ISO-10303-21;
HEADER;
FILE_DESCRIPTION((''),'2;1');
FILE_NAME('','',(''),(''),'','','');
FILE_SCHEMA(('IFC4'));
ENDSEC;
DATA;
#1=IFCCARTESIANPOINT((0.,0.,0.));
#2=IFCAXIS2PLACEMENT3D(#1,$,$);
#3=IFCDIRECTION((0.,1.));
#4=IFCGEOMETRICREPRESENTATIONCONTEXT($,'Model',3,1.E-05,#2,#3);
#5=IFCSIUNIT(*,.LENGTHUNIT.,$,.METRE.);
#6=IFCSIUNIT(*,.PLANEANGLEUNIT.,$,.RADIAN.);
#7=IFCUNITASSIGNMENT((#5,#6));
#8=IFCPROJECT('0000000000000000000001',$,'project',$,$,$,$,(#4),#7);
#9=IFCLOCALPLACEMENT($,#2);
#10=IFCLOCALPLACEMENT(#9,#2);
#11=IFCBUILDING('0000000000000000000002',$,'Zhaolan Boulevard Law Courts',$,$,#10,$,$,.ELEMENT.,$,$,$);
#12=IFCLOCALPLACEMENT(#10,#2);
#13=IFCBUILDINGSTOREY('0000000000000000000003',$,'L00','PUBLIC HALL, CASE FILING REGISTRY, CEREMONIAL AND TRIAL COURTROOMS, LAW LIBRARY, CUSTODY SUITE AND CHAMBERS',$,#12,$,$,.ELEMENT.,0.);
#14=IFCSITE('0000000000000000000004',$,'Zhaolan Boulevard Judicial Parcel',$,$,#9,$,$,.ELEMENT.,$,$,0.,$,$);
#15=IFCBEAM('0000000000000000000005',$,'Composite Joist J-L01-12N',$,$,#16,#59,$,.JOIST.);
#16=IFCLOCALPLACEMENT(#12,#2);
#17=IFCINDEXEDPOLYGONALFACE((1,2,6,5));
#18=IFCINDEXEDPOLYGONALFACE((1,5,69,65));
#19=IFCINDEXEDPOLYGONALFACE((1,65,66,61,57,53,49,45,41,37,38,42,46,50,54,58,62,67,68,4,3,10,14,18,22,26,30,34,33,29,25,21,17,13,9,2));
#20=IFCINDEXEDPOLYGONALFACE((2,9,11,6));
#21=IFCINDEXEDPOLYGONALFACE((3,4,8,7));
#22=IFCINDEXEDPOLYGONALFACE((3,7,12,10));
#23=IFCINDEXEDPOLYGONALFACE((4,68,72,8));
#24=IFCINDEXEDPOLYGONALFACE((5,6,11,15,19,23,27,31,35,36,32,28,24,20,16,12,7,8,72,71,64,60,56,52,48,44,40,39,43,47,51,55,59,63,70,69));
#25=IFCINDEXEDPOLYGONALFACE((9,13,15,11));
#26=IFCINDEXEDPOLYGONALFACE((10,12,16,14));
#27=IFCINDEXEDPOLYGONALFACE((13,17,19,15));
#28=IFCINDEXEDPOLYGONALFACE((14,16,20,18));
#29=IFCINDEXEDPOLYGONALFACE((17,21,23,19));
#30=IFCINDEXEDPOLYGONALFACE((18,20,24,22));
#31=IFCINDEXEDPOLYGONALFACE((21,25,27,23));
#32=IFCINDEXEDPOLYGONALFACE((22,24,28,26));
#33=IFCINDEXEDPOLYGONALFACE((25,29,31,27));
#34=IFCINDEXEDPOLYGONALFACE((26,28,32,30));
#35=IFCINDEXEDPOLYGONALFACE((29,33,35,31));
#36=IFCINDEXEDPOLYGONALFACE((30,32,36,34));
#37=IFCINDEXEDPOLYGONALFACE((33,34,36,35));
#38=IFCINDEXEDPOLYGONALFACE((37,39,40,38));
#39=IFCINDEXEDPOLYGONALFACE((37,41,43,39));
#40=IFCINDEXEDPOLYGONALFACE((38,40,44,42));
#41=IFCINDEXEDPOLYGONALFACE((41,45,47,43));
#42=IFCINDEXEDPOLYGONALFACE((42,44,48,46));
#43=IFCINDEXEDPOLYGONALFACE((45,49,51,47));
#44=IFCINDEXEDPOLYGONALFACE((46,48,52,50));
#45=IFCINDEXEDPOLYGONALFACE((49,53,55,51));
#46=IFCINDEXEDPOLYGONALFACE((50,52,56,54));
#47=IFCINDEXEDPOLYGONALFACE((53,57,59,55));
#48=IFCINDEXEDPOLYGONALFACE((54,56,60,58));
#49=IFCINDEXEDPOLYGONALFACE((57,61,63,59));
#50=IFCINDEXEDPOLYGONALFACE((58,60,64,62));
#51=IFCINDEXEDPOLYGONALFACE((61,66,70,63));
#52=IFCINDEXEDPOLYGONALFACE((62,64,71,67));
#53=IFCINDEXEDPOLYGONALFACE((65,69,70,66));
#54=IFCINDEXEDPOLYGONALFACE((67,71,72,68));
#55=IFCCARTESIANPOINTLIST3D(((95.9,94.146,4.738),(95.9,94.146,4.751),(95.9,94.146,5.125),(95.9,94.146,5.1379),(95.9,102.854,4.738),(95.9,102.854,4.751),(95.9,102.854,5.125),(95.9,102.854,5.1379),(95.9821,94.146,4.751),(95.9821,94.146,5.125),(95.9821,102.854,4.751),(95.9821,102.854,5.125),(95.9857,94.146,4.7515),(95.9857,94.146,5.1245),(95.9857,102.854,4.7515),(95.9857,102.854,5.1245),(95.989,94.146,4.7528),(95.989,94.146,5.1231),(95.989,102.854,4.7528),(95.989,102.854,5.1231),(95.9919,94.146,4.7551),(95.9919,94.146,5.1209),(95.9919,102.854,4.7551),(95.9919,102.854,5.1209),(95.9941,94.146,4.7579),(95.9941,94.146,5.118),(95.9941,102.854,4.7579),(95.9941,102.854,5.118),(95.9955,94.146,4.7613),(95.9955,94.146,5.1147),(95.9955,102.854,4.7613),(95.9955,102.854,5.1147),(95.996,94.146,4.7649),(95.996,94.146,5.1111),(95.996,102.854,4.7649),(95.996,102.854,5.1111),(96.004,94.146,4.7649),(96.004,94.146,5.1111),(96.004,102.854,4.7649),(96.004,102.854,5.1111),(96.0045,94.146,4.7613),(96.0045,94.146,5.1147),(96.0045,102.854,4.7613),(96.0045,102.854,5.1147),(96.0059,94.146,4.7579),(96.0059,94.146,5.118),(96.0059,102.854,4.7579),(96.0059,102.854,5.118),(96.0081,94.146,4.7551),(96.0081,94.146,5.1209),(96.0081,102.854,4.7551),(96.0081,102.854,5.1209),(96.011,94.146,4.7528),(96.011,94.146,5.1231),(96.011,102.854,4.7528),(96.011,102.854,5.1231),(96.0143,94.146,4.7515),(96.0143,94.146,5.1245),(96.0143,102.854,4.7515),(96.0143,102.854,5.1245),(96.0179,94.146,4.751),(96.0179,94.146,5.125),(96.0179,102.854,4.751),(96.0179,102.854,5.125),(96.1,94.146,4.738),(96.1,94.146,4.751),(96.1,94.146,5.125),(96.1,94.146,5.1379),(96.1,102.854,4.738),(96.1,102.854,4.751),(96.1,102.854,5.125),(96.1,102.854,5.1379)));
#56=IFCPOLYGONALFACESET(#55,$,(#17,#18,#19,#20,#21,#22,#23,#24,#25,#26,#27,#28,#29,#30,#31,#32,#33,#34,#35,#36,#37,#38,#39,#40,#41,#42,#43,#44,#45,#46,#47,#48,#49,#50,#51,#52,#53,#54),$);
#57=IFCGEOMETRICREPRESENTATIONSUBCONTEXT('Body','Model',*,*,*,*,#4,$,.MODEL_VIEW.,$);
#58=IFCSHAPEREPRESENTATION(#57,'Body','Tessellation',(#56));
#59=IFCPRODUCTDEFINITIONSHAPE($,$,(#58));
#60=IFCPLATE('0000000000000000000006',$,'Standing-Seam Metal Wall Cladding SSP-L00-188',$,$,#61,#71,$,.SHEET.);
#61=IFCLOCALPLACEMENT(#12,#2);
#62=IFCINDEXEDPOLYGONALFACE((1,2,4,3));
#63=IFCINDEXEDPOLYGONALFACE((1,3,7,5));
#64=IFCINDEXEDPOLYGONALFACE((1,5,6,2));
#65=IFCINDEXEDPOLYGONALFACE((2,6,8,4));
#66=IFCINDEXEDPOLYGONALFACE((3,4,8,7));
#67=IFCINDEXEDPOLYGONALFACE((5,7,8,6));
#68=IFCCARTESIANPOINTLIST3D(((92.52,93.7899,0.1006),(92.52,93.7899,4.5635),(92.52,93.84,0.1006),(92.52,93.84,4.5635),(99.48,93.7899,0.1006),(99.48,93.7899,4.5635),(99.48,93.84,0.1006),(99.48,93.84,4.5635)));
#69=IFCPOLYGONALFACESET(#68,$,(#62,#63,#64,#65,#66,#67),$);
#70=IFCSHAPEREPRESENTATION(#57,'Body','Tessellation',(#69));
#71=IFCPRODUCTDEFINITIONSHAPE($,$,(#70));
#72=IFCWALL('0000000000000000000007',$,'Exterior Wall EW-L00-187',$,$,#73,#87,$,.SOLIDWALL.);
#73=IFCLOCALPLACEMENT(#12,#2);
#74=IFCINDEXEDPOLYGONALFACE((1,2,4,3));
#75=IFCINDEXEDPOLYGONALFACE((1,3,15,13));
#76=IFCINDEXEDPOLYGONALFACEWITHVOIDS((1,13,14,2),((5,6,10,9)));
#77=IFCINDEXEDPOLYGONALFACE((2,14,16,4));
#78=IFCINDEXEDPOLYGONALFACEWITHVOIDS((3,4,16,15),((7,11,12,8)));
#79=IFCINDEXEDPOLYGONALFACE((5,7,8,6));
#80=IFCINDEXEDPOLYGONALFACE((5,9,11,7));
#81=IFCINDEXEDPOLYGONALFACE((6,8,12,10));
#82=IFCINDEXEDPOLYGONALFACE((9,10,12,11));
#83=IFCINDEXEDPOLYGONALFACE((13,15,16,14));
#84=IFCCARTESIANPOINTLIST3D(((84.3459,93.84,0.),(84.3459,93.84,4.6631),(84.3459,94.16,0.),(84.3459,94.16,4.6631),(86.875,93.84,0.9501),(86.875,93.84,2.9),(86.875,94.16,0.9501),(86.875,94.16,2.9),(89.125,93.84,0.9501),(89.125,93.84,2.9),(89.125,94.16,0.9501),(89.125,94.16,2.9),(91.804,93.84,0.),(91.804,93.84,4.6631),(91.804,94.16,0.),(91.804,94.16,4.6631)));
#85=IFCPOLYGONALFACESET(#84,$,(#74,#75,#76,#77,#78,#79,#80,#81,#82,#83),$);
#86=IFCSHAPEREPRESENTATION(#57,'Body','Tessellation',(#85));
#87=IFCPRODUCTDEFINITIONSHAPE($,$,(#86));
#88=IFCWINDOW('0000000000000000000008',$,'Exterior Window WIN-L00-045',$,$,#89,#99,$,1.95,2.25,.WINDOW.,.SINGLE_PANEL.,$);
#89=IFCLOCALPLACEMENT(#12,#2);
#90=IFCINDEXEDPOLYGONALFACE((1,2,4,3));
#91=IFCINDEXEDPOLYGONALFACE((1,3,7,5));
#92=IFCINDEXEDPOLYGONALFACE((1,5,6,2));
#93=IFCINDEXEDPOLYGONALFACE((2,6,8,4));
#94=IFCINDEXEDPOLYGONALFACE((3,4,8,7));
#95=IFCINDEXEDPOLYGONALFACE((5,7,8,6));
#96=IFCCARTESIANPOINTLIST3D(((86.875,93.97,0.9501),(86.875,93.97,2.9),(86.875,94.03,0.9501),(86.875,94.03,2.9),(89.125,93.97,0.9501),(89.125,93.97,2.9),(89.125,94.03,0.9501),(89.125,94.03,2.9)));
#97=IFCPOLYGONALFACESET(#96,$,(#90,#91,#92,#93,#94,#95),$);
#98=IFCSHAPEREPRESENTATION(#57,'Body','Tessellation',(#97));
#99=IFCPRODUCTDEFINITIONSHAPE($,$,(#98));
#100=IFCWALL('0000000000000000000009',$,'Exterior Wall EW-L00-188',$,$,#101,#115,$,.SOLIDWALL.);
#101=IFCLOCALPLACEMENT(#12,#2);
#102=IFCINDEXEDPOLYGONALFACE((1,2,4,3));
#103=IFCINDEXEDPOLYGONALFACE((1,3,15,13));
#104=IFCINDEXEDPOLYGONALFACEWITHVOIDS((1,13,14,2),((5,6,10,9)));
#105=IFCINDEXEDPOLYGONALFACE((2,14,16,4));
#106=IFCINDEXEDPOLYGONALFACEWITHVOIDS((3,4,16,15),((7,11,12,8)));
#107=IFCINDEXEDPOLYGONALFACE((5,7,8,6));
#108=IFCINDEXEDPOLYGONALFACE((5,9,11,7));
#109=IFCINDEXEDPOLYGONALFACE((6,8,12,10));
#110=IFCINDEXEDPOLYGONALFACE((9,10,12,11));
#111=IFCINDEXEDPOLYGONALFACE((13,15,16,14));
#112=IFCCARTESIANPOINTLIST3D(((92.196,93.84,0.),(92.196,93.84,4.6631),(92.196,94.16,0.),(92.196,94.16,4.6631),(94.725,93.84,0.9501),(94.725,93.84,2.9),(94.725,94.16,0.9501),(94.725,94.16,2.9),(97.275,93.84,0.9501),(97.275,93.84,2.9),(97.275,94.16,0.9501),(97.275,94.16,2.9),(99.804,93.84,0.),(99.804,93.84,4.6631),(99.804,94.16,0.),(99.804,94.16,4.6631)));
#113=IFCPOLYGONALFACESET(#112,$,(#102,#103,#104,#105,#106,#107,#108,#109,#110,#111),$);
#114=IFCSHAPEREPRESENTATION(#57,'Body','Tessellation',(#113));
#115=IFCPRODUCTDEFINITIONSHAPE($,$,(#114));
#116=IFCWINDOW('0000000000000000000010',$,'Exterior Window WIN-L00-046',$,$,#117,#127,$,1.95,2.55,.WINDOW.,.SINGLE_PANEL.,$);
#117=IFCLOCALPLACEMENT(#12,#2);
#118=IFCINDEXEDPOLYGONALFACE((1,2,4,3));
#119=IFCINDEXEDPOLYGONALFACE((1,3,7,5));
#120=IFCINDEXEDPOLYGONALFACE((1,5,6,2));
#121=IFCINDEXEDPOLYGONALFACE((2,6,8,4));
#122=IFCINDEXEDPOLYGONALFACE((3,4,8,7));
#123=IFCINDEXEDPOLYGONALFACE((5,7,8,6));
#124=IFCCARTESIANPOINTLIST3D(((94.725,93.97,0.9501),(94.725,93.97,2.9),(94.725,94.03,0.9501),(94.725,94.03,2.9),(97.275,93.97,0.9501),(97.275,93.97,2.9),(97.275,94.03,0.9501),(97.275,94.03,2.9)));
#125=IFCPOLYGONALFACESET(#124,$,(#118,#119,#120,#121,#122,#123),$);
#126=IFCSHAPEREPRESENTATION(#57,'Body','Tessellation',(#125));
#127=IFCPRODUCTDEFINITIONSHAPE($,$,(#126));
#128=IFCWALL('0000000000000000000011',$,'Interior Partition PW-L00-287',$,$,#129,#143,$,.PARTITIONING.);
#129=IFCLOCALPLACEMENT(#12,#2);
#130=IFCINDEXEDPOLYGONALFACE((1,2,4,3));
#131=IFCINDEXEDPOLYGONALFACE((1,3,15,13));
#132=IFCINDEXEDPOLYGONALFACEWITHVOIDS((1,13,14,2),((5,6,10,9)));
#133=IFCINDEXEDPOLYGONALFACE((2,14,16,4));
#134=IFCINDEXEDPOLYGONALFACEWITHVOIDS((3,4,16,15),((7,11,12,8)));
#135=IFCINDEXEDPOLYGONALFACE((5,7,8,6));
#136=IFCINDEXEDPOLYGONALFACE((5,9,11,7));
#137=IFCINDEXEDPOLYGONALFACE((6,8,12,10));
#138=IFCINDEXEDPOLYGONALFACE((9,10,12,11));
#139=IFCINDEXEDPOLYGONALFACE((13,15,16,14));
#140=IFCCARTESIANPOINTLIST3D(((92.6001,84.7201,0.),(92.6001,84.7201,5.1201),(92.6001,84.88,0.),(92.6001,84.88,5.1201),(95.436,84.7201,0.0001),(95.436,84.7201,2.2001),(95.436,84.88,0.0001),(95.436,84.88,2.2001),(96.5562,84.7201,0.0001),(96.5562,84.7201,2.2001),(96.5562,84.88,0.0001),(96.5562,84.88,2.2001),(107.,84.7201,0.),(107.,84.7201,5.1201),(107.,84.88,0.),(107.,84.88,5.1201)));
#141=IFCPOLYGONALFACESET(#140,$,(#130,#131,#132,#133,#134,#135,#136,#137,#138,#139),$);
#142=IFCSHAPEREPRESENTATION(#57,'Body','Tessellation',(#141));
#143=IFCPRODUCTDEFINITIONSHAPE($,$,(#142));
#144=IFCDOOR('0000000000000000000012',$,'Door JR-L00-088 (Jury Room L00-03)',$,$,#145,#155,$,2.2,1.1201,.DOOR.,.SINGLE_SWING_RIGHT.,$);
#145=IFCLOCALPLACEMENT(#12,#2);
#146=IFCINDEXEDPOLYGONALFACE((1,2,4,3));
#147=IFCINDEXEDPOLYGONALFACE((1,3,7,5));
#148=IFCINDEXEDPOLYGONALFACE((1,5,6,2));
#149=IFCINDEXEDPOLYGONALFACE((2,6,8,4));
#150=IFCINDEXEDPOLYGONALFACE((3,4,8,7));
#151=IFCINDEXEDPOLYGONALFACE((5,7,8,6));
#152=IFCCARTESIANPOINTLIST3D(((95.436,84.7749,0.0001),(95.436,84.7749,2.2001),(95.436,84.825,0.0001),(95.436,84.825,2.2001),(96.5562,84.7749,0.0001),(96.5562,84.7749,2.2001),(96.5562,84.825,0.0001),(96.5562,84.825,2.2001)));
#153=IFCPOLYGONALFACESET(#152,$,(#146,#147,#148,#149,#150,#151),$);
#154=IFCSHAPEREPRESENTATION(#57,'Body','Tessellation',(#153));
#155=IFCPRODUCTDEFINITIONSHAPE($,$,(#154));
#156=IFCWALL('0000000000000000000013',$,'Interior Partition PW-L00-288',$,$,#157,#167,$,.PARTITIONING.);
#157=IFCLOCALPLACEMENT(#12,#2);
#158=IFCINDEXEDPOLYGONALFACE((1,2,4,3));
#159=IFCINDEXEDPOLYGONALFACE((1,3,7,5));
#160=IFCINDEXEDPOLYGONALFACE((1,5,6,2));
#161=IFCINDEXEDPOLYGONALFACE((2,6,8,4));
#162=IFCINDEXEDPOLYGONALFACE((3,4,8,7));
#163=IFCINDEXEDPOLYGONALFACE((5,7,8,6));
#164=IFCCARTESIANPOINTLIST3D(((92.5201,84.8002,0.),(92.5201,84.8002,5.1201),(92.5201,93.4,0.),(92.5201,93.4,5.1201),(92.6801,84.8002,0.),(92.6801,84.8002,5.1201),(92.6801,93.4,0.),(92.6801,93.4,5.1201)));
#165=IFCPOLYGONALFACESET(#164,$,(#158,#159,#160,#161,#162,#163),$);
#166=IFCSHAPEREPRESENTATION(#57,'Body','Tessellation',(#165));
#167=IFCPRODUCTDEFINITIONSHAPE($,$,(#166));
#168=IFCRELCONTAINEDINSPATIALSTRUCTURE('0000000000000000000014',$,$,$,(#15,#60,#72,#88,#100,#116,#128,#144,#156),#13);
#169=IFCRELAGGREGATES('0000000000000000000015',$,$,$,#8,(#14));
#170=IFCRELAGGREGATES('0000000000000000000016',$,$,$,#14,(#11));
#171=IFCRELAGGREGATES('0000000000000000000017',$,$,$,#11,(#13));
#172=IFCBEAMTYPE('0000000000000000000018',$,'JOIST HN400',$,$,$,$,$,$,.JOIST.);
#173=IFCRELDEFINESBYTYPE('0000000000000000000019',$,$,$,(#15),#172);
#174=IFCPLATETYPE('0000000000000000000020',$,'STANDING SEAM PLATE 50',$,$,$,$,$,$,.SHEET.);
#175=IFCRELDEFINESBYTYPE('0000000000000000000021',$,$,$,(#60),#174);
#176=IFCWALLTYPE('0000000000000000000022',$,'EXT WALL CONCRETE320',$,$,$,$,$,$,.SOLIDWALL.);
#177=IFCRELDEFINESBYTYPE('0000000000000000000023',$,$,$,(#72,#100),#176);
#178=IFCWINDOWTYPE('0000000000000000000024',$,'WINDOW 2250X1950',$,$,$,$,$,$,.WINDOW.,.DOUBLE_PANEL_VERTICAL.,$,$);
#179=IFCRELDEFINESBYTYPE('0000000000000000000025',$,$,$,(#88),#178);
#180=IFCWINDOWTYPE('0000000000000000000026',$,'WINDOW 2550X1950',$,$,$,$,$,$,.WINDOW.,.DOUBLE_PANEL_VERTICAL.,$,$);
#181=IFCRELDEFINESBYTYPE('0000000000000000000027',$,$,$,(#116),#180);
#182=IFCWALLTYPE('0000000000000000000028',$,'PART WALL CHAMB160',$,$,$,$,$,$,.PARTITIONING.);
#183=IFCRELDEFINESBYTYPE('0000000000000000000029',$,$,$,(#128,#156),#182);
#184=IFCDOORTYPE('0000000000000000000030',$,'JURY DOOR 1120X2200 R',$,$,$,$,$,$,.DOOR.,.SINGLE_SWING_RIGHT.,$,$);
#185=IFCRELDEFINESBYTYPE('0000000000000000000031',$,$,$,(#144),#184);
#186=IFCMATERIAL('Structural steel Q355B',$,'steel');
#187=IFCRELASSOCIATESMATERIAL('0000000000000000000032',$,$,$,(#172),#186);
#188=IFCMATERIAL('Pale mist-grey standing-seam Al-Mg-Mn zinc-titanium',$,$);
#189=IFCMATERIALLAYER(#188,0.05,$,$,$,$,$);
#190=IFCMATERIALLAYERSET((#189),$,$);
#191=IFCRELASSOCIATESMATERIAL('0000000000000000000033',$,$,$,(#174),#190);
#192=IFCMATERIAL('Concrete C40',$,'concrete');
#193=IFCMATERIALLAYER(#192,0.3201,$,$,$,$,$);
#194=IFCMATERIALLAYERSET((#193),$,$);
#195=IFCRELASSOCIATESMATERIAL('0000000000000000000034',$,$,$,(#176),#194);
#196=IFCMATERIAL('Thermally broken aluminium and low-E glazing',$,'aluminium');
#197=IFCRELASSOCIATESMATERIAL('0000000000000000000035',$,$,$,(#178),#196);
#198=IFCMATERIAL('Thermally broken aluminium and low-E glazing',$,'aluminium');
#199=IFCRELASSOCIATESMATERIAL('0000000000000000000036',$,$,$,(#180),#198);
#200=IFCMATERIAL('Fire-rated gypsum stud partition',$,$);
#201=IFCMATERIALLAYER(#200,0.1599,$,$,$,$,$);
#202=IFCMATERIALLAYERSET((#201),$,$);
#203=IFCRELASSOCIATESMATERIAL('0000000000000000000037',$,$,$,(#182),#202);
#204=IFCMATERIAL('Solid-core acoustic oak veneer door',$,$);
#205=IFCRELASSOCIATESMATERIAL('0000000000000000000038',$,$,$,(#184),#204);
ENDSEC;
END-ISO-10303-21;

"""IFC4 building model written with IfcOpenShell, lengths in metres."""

from ifc_helpers import new_model, si_unit, direction, frame, frame_2d, origin, origin_2d, place, context, subcontext, project, spatial, rectangle, i_section, extrude, material, layer, layer_set, material_profile, profile_set, type_object, element, fill, save


model = new_model("IFC4")

# Units and contexts
model_context = context("Model", 3, precision=1e-05, world=origin(), true_north=direction((0.0, 1.0)))
body_context = subcontext(model_context, "Body", "Model", "MODEL_VIEW")
ifc_project = project(units=[si_unit("LENGTHUNIT", "METRE"), si_unit("PLANEANGLEUNIT", "RADIAN")], contexts=[model_context])

# Site, building, storey
site_placement = place(None, origin())
site = spatial("IfcSite", under=ifc_project, at=site_placement, Name="Zhaolan Boulevard Judicial Parcel", CompositionType="ELEMENT", RefElevation=0.0)
building_placement = place(site_placement, origin())
building = spatial("IfcBuilding", under=site, at=building_placement, Name="Zhaolan Boulevard Law Courts", CompositionType="ELEMENT")
storey_placement = place(building_placement, origin())
storey = spatial("IfcBuildingStorey", under=building, at=storey_placement, Name="L00", Description="PUBLIC HALL, CASE FILING REGISTRY, CEREMONIAL AND TRIAL COURTROOMS, LAW LIBRARY, CUSTODY SUITE AND CHAMBERS", CompositionType="ELEMENT", Elevation=0.0)

# Beam
ifc_material_1 = material(Name="Structural steel Q355B", Category="steel")
ifc_material_profile_1 = material_profile(ifc_material_1, i_section(OverallWidth=0.2, OverallDepth=0.3999, WebThickness=0.0081, FlangeThickness=0.0129, FilletRadius=0.0139, at=origin_2d()), Name="HN400x200")
ifc_profile_set_1 = profile_set([ifc_material_profile_1], Name="Structural steel Q355B")
beam_type_1 = type_object("IfcBeamType", Name="JOIST HN400", PredefinedType="JOIST", material=ifc_profile_set_1)
beam_1_placement = place(storey_placement, frame((96.0, 94.146, 4.938), z_axis=(0.0, 1.0, 0.0), x_axis=(-1.0, 0.0, 0.0)))
element("IfcBeam", 1, at=beam_1_placement, inside=storey, type_object=beam_type_1, Name="Composite Joist J-L01-12N", PredefinedType="JOIST", context=body_context, shape_type="SweptSolid", body=[
    extrude(i_section(OverallWidth=0.2, OverallDepth=0.3999, WebThickness=0.0081, FlangeThickness=0.0129, FilletRadius=0.0139, at=origin_2d()), origin(), (0.0, 0.0, 1.0), 8.708),
])

# Plate
ifc_material_2 = material(Name="Pale mist-grey standing-seam Al-Mg-Mn zinc-titanium")
ifc_layer_1 = layer(ifc_material_2, 0.05)
ifc_layer_set_1 = layer_set([ifc_layer_1])
plate_type = type_object("IfcPlateType", Name="STANDING SEAM PLATE 50", PredefinedType="SHEET", material=ifc_layer_set_1)
plate_placement = place(storey_placement, frame((96.0, 93.8149, 0.1006), z_axis=(0.0, 0.0, 1.0), x_axis=(-1.0, 0.0, 0.0)))
element("IfcPlate", 2, at=plate_placement, inside=storey, type_object=plate_type, Name="Standing-Seam Metal Wall Cladding SSP-L00-188", PredefinedType="SHEET", context=body_context, shape_type="SweptSolid", body=[
    extrude(rectangle(XDim=6.96, YDim=0.05, at=origin_2d()), origin(), (0.0, 0.0, 1.0), 4.4629),
])

# Walls, openings, windows
ifc_material_3 = material(Name="Concrete C40", Category="concrete")
ifc_layer_2 = layer(ifc_material_3, 0.3201)
ifc_layer_set_2 = layer_set([ifc_layer_2])
wall_type_1 = type_object("IfcWallType", Name="EXT WALL CONCRETE320", PredefinedType="SOLIDWALL", material=ifc_layer_set_2)
wall_1_placement = place(storey_placement, frame((91.804, 94.0, 0.0), z_axis=(0.0, 0.0, 1.0), x_axis=(-1.0, 0.0, 0.0)))
wall_1 = element("IfcWall", 3, at=wall_1_placement, inside=storey, type_object=wall_type_1, Name="Exterior Wall EW-L00-187", PredefinedType="SOLIDWALL", context=body_context, shape_type="SweptSolid", body=[
    extrude(rectangle(XDim=7.458, YDim=0.3201, at=frame_2d((3.729, 0.0))), origin(), (0.0, 0.0, 1.0), 4.6631),
])
opening_1_placement = place(wall_1_placement, frame((2.679, 0.0, 0.95)))
opening_1 = element("IfcOpeningElement", 4, at=opening_1_placement, cuts=wall_1, PredefinedType="OPENING", context=body_context, shape_type="SweptSolid", body=[
    extrude(rectangle(XDim=2.25, YDim=1.95, at=frame_2d((1.125, 0.9751))), frame((0.0, 0.1699, 0.0), z_axis=(0.0, -1.0, 0.0), x_axis=(1.0, 0.0, 0.0)), (0.0, 0.0, 1.0), 0.3401),
])
ifc_material_4 = material(Name="Thermally broken aluminium and low-E glazing", Category="aluminium")
window_type_1 = type_object("IfcWindowType", Name="WINDOW 2250X1950", PartitioningType="DOUBLE_PANEL_VERTICAL", PredefinedType="WINDOW", material=ifc_material_4)
window_1_placement = place(opening_1_placement, origin())
window_1 = element("IfcWindow", 5, at=window_1_placement, inside=storey, type_object=window_type_1, Name="Exterior Window WIN-L00-045", OverallHeight=1.95, OverallWidth=2.25, PartitioningType="SINGLE_PANEL", PredefinedType="WINDOW", context=body_context, shape_type="SweptSolid", body=[
    extrude(rectangle(XDim=2.25, YDim=1.95, at=frame_2d((1.125, 0.9751))), frame((0.0, 0.03, 0.0), z_axis=(0.0, -1.0, 0.0), x_axis=(1.0, 0.0, 0.0)), (0.0, 0.0, 1.0), 0.0601),
])
fill(opening_1, window_1)
wall_2_placement = place(storey_placement, frame((99.804, 94.0, 0.0), z_axis=(0.0, 0.0, 1.0), x_axis=(-1.0, 0.0, 0.0)))
wall_2 = element("IfcWall", 6, at=wall_2_placement, inside=storey, type_object=wall_type_1, Name="Exterior Wall EW-L00-188", PredefinedType="SOLIDWALL", context=body_context, shape_type="SweptSolid", body=[
    extrude(rectangle(XDim=7.6079, YDim=0.3201, at=frame_2d((3.804, 0.0))), origin(), (0.0, 0.0, 1.0), 4.6631),
])
opening_2_placement = place(wall_2_placement, frame((2.5291, 0.0, 0.95)))
opening_2 = element("IfcOpeningElement", 7, at=opening_2_placement, cuts=wall_2, PredefinedType="OPENING", context=body_context, shape_type="SweptSolid", body=[
    extrude(rectangle(XDim=2.55, YDim=1.95, at=frame_2d((1.2749, 0.9751))), frame((0.0, 0.1699, 0.0), z_axis=(0.0, -1.0, 0.0), x_axis=(1.0, 0.0, 0.0)), (0.0, 0.0, 1.0), 0.3401),
])
ifc_material_5 = material(Name="Thermally broken aluminium and low-E glazing", Category="aluminium")
window_type_2 = type_object("IfcWindowType", Name="WINDOW 2550X1950", PartitioningType="DOUBLE_PANEL_VERTICAL", PredefinedType="WINDOW", material=ifc_material_5)
window_2_placement = place(opening_2_placement, origin())
window_2 = element("IfcWindow", 8, at=window_2_placement, inside=storey, type_object=window_type_2, Name="Exterior Window WIN-L00-046", OverallHeight=1.95, OverallWidth=2.55, PartitioningType="SINGLE_PANEL", PredefinedType="WINDOW", context=body_context, shape_type="SweptSolid", body=[
    extrude(rectangle(XDim=2.55, YDim=1.95, at=frame_2d((1.2749, 0.9751))), frame((0.0, 0.03, 0.0), z_axis=(0.0, -1.0, 0.0), x_axis=(1.0, 0.0, 0.0)), (0.0, 0.0, 1.0), 0.0601),
])
fill(opening_2, window_2)

# Wall, opening, door
ifc_material_6 = material(Name="Fire-rated gypsum stud partition")
ifc_layer_3 = layer(ifc_material_6, 0.1599)
ifc_layer_set_3 = layer_set([ifc_layer_3])
wall_type_2 = type_object("IfcWallType", Name="PART WALL CHAMB160", PredefinedType="PARTITIONING", material=ifc_layer_set_3)
wall_3_placement = place(storey_placement, frame((92.6001, 84.8, 0.0), z_axis=(0.0, 0.0, 1.0), x_axis=(1.0, 0.0, 0.0)))
wall_3 = element("IfcWall", 9, at=wall_3_placement, inside=storey, type_object=wall_type_2, Name="Interior Partition PW-L00-287", PredefinedType="PARTITIONING", context=body_context, shape_type="SweptSolid", body=[
    extrude(rectangle(XDim=14.3999, YDim=0.1599, at=frame_2d((7.2, 0.0))), origin(), (0.0, 0.0, 1.0), 5.1201),
])
opening_3_placement = place(wall_3_placement, frame((2.8359, 0.0, 0.0)))
opening_3 = element("IfcOpeningElement", 10, at=opening_3_placement, cuts=wall_3, PredefinedType="OPENING", context=body_context, shape_type="SweptSolid", body=[
    extrude(rectangle(XDim=1.1201, YDim=2.2, at=frame_2d((0.5601, 1.1001))), frame((0.0, 0.0898, 0.0), z_axis=(0.0, -1.0, 0.0), x_axis=(1.0, 0.0, 0.0)), (0.0, 0.0, 1.0), 0.1799),
])
ifc_material_7 = material(Name="Solid-core acoustic oak veneer door")
door_type = type_object("IfcDoorType", Name="JURY DOOR 1120X2200 R", OperationType="SINGLE_SWING_RIGHT", PredefinedType="DOOR", material=ifc_material_7)
door_placement = place(opening_3_placement, origin())
door = element("IfcDoor", 11, at=door_placement, inside=storey, type_object=door_type, Name="Door JR-L00-088 (Jury Room L00-03)", OperationType="SINGLE_SWING_RIGHT", OverallHeight=2.2, OverallWidth=1.1201, PredefinedType="DOOR", context=body_context, shape_type="SweptSolid", body=[
    extrude(rectangle(XDim=1.1201, YDim=2.2, at=frame_2d((0.5601, 1.1001))), frame((0.0, 0.0249, 0.0), z_axis=(0.0, -1.0, 0.0), x_axis=(1.0, 0.0, 0.0)), (0.0, 0.0, 1.0), 0.05),
])
fill(opening_3, door)

# Wall
wall_4_placement = place(storey_placement, frame((92.6001, 93.3999, 0.0), z_axis=(0.0, 0.0, 1.0), x_axis=(0.0, -1.0, 0.0)))
element("IfcWall", 12, at=wall_4_placement, inside=storey, type_object=wall_type_2, Name="Interior Partition PW-L00-288", PredefinedType="PARTITIONING", context=body_context, shape_type="SweptSolid", body=[
    extrude(rectangle(XDim=8.5999, YDim=0.1599, at=frame_2d((4.2998, 0.0))), origin(), (0.0, 0.0, 1.0), 5.1201),
])

save(model, "model.ifc")
